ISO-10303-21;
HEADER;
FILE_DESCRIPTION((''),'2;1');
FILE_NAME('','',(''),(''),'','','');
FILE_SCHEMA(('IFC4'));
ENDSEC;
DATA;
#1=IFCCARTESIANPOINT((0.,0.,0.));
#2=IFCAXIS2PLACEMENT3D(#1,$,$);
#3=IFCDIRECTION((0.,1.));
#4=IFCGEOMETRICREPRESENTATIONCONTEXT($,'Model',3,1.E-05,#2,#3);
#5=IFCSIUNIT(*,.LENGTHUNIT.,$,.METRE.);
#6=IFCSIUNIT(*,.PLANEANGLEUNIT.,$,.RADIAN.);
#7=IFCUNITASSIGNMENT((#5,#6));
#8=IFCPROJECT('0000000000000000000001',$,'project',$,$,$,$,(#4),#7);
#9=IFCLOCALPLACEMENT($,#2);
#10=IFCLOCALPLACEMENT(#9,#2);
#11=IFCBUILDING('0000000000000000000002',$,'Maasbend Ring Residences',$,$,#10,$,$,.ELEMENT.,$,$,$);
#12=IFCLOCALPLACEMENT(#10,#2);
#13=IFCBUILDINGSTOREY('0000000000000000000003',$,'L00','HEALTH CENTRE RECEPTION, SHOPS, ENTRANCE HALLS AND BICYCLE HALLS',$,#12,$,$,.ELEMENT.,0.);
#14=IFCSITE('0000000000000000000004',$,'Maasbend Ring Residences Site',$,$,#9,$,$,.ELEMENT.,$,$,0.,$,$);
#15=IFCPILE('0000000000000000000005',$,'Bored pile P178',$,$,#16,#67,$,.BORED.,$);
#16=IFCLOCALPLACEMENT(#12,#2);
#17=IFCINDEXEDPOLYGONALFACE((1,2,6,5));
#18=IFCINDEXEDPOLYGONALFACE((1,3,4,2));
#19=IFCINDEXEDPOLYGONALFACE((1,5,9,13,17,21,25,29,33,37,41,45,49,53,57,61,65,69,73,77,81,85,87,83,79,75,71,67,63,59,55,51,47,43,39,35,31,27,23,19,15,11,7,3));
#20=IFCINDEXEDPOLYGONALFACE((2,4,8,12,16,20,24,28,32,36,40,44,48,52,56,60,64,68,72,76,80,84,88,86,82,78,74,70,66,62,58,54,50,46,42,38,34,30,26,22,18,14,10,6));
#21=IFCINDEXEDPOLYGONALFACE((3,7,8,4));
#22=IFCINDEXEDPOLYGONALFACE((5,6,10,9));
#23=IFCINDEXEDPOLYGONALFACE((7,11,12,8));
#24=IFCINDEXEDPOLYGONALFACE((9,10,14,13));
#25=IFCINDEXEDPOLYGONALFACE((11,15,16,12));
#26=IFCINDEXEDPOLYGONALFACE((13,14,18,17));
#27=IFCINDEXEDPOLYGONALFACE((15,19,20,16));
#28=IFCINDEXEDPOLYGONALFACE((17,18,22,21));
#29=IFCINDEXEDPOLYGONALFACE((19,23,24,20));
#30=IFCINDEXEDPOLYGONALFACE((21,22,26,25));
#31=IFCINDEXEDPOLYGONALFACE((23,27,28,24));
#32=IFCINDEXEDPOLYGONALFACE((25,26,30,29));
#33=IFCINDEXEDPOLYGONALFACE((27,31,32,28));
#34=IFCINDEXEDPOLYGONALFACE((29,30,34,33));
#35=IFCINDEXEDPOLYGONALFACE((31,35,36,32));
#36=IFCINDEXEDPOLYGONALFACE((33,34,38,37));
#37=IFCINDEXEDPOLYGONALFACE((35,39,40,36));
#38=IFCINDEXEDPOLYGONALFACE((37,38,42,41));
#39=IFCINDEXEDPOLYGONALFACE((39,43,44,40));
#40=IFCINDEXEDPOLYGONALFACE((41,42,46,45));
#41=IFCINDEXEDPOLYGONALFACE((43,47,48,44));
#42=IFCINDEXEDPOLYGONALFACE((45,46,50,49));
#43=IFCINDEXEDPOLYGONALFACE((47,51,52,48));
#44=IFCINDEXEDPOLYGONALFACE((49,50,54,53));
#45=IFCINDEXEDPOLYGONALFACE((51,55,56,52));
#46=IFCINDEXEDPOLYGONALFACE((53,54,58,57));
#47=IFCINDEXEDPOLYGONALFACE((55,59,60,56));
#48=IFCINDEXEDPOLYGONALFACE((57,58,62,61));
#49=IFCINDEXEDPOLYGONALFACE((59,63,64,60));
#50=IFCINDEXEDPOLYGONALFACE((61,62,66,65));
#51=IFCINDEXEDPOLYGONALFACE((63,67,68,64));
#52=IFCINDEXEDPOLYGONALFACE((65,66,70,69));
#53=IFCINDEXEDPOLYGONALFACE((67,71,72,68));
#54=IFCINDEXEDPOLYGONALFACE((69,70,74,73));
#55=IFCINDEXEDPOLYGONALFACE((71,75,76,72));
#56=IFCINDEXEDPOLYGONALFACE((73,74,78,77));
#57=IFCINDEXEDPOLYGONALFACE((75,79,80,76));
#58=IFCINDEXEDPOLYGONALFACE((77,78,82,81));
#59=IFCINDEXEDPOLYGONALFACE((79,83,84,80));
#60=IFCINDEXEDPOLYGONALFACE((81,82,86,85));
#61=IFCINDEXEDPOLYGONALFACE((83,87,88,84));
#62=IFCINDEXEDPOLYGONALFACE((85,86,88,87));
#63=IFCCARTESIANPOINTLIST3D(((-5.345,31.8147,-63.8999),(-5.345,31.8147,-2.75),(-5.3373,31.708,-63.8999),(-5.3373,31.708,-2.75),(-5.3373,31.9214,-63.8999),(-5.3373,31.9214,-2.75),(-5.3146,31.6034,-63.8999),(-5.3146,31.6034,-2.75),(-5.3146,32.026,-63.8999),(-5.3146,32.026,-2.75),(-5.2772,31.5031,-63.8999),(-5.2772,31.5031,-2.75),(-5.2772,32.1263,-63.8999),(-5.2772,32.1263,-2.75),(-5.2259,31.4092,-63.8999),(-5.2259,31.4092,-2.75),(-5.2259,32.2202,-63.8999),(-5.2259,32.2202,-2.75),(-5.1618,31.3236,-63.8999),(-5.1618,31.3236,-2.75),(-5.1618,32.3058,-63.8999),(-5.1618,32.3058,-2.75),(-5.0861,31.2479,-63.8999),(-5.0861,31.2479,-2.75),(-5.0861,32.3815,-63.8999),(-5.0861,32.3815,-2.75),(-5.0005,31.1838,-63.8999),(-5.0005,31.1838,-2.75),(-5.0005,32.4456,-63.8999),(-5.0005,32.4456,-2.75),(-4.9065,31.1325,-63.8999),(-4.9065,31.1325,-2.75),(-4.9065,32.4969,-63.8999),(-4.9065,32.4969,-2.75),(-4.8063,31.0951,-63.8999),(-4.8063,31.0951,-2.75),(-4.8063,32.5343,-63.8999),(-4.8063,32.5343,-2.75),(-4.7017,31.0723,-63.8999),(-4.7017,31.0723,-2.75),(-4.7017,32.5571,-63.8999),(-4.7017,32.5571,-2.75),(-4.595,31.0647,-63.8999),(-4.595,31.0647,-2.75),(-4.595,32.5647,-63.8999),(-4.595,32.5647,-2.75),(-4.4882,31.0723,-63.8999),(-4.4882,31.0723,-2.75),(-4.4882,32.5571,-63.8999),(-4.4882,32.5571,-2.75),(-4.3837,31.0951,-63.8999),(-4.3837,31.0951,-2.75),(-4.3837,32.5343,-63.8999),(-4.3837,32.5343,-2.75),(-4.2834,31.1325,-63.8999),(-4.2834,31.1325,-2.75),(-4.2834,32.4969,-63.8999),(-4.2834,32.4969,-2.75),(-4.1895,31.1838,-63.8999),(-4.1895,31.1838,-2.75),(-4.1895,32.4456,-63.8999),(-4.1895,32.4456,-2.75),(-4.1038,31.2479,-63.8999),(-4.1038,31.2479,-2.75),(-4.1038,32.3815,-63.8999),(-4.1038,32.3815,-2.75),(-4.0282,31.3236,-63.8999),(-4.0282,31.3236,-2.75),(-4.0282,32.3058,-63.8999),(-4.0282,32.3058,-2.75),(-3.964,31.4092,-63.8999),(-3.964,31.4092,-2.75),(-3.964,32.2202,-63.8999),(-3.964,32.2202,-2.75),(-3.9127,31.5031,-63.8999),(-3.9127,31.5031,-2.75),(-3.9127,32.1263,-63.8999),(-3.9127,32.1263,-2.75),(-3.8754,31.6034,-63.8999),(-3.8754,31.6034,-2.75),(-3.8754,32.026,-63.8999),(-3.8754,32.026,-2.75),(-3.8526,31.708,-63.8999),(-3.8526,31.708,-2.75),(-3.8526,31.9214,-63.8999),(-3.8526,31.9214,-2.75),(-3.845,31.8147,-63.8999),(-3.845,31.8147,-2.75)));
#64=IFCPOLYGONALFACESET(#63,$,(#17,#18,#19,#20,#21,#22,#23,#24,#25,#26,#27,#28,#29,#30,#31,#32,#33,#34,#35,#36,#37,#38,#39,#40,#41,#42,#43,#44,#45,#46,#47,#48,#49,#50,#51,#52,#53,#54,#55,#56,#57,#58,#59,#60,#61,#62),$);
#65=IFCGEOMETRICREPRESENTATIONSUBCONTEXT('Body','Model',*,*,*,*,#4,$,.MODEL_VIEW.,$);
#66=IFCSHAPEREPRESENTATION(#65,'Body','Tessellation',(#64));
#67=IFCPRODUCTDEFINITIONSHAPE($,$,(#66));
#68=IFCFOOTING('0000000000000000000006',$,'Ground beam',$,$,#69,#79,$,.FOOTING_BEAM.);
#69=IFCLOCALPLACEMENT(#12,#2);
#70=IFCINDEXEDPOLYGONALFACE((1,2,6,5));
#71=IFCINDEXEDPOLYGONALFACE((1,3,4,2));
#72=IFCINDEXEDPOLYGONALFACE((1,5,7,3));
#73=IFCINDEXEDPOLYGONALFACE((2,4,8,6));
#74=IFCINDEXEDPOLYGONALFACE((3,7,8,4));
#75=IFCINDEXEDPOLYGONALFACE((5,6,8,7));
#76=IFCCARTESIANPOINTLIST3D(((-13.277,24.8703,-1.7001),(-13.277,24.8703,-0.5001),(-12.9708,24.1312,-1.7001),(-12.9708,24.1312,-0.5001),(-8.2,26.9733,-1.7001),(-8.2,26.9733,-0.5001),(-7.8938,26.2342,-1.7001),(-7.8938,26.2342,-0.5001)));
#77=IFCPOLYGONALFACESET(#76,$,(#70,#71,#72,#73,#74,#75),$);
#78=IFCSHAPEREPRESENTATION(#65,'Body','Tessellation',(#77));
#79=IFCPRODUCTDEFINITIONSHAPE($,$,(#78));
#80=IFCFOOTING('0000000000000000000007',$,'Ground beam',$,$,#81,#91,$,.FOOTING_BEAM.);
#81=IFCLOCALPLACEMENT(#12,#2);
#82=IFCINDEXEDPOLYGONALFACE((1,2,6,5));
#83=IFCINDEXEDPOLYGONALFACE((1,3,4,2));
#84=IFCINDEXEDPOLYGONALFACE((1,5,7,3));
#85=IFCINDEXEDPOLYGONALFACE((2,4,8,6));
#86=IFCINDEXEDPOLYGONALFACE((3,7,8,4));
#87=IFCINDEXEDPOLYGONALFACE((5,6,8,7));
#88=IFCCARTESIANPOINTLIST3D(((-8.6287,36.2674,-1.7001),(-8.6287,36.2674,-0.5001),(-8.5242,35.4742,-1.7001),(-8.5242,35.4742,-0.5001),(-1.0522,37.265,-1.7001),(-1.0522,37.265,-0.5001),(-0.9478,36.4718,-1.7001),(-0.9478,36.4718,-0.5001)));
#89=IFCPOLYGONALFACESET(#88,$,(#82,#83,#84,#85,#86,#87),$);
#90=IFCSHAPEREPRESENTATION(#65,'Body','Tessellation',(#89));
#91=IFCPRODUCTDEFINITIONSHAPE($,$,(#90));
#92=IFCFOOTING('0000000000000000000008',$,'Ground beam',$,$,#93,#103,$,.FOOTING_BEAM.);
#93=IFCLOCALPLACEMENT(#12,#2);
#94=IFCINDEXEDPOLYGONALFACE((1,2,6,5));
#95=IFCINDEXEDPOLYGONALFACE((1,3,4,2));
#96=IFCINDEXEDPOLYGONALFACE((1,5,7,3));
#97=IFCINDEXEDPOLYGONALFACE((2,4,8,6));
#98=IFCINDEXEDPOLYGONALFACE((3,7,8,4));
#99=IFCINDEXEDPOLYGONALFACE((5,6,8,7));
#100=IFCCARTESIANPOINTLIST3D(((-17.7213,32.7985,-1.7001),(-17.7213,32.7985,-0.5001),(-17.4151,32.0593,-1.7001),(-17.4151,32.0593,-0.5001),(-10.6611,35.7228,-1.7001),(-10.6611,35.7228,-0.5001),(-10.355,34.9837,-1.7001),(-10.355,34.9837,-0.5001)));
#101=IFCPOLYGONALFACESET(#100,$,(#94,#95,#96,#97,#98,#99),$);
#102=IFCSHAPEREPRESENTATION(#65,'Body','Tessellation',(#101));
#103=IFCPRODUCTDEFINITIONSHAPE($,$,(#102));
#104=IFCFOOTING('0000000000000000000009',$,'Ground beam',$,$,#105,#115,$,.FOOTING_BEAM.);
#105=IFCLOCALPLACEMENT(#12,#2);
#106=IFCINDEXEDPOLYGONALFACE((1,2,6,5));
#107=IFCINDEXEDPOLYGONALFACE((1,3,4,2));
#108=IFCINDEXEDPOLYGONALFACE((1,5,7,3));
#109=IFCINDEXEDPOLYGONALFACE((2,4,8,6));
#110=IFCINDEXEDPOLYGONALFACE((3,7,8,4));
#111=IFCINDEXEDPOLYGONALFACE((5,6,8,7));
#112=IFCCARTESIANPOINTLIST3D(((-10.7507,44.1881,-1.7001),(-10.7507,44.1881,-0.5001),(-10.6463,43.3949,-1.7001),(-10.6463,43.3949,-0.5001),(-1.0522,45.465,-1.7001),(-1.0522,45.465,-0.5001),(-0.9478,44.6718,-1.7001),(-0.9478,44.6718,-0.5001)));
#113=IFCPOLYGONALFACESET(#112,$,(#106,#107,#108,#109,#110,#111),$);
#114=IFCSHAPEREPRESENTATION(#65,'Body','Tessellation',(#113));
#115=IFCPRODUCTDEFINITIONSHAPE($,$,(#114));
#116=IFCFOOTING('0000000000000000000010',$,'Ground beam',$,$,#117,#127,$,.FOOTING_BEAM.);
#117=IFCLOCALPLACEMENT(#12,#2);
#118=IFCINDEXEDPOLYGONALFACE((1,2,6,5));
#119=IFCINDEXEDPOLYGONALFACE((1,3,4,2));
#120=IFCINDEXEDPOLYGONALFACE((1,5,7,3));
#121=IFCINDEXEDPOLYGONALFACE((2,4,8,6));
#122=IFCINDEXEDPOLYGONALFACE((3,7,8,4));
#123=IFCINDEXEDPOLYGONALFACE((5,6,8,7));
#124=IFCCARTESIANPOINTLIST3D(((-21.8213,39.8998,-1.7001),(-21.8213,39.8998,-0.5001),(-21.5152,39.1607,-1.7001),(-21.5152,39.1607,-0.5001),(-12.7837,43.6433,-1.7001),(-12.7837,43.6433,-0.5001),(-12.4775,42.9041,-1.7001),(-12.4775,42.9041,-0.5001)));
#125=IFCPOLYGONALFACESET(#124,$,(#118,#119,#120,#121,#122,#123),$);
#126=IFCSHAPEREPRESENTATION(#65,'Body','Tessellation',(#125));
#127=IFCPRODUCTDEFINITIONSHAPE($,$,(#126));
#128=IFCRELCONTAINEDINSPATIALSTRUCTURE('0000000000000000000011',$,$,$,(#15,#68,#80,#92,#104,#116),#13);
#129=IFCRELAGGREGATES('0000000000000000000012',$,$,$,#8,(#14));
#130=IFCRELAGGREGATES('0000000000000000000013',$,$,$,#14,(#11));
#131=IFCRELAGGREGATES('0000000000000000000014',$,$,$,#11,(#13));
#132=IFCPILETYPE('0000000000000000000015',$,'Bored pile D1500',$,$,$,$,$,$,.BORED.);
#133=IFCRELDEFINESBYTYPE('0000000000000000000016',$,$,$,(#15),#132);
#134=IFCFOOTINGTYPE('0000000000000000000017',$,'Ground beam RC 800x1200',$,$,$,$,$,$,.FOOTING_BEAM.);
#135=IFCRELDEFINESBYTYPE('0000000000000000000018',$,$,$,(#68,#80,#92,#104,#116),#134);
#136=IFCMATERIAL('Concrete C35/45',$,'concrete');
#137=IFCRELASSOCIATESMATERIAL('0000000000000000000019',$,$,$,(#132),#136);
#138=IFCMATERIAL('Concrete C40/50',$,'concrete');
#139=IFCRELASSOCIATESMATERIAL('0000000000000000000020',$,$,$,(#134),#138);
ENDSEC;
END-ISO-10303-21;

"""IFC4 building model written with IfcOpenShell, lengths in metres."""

from ifc_helpers import new_model, si_unit, direction, frame, origin, origin_2d, place, context, subcontext, project, spatial, rectangle, circle, extrude, material, material_profile, profile_set, type_object, element, save


model = new_model("IFC4")

# Units and contexts
model_context = context("Model", 3, precision=1e-05, world=origin(), true_north=direction((0.0, 1.0)))
body_context = subcontext(model_context, "Body", "Model", "MODEL_VIEW")
ifc_project = project(units=[si_unit("LENGTHUNIT", "METRE"), si_unit("PLANEANGLEUNIT", "RADIAN")], contexts=[model_context])

# Site, building, storey
site_placement = place(None, origin())
site = spatial("IfcSite", under=ifc_project, at=site_placement, Name="Maasbend Ring Residences Site", CompositionType="ELEMENT", RefElevation=0.0)
building_placement = place(site_placement, origin())
building = spatial("IfcBuilding", under=site, at=building_placement, Name="Maasbend Ring Residences", CompositionType="ELEMENT")
storey_placement = place(building_placement, origin())
storey = spatial("IfcBuildingStorey", under=building, at=storey_placement, Name="L00", Description="HEALTH CENTRE RECEPTION, SHOPS, ENTRANCE HALLS AND BICYCLE HALLS", CompositionType="ELEMENT", Elevation=0.0)

# Pile
ifc_material_1 = material(Name="Concrete C35/45", Category="concrete")
ifc_material_profile_1 = material_profile(ifc_material_1, circle(Radius=0.75, at=origin_2d()), Name="Bored pile D1500")
ifc_profile_set_1 = profile_set([ifc_material_profile_1], Name="Concrete C35/45")
pile_type = type_object("IfcPileType", Name="Bored pile D1500", PredefinedType="BORED", material=ifc_profile_set_1)
for number, where, z_axis, x_axis, name in (
    (1, (-4.595, 31.8147, -2.75), (0.0, 0.0, -1.0), (1.0, 0.0, 0.0), "Bored pile P178"),
):
    element("IfcPile", number, at=place(storey_placement, frame(where, z_axis=z_axis, x_axis=x_axis)), inside=storey, type_object=pile_type, Name=name, PredefinedType="BORED", context=body_context, shape_type="SweptSolid", body=[
        extrude(circle(Radius=0.75, at=origin_2d()), origin(), (0.0, 0.0, 1.0), 61.1499),
    ])

# Footings
ifc_material_2 = material(Name="Concrete C40/50", Category="concrete")
ifc_material_profile_2 = material_profile(ifc_material_2, rectangle(XDim=0.8, YDim=1.2, at=origin_2d()), Name="Ground beam RC 800x1200")
ifc_profile_set_2 = profile_set([ifc_material_profile_2], Name="Concrete C40/50")
footing_type = type_object("IfcFootingType", Name="Ground beam RC 800x1200", PredefinedType="FOOTING_BEAM", material=ifc_profile_set_2)
footing_placement = place(storey_placement, frame((-8.0469, 26.6038, -1.1001), z_axis=(-0.923879, -0.382684, 0.0), x_axis=(0.382684, -0.923879, 0.0)))
element("IfcFooting", 2, at=footing_placement, inside=storey, type_object=footing_type, Name="Ground beam", PredefinedType="FOOTING_BEAM", context=body_context, shape_type="SweptSolid", body=[
    extrude(rectangle(XDim=0.8, YDim=1.2, at=origin_2d()), origin(), (0.0, 0.0, 1.0), 5.4954),
])
for number, where, z_axis, x_axis, name in (
    (3, (-1.0, 36.8684, -1.1001), (-0.991443, -0.13054, 0.0), (0.13054, -0.991443, 0.0), "Ground beam"),
    (4, (-10.5081, 35.3533, -1.1001), (-0.923882, -0.382677, 0.0), (0.382677, -0.923882, 0.0), "Ground beam"),
):
    element("IfcFooting", number, at=place(storey_placement, frame(where, z_axis=z_axis, x_axis=x_axis)), inside=storey, type_object=footing_type, Name=name, PredefinedType="FOOTING_BEAM", context=body_context, shape_type="SweptSolid", body=[
        extrude(rectangle(XDim=0.8, YDim=1.2, at=origin_2d()), origin(), (0.0, 0.0, 1.0), 7.6418),
    ])
for number, where, z_axis, x_axis, name in (
    (5, (-1.0, 45.0684, -1.1001), (-0.991445, -0.130529, 0.0), (0.130529, -0.991445, 0.0), "Ground beam"),
    (6, (-12.6306, 43.2737, -1.1001), (-0.923883, -0.382676, 0.0), (0.382676, -0.923883, 0.0), "Ground beam"),
):
    element("IfcFooting", number, at=place(storey_placement, frame(where, z_axis=z_axis, x_axis=x_axis)), inside=storey, type_object=footing_type, Name=name, PredefinedType="FOOTING_BEAM", context=body_context, shape_type="SweptSolid", body=[
        extrude(rectangle(XDim=0.8, YDim=1.2, at=origin_2d()), origin(), (0.0, 0.0, 1.0), 9.7822),
    ])

save(model, "model.ifc")
